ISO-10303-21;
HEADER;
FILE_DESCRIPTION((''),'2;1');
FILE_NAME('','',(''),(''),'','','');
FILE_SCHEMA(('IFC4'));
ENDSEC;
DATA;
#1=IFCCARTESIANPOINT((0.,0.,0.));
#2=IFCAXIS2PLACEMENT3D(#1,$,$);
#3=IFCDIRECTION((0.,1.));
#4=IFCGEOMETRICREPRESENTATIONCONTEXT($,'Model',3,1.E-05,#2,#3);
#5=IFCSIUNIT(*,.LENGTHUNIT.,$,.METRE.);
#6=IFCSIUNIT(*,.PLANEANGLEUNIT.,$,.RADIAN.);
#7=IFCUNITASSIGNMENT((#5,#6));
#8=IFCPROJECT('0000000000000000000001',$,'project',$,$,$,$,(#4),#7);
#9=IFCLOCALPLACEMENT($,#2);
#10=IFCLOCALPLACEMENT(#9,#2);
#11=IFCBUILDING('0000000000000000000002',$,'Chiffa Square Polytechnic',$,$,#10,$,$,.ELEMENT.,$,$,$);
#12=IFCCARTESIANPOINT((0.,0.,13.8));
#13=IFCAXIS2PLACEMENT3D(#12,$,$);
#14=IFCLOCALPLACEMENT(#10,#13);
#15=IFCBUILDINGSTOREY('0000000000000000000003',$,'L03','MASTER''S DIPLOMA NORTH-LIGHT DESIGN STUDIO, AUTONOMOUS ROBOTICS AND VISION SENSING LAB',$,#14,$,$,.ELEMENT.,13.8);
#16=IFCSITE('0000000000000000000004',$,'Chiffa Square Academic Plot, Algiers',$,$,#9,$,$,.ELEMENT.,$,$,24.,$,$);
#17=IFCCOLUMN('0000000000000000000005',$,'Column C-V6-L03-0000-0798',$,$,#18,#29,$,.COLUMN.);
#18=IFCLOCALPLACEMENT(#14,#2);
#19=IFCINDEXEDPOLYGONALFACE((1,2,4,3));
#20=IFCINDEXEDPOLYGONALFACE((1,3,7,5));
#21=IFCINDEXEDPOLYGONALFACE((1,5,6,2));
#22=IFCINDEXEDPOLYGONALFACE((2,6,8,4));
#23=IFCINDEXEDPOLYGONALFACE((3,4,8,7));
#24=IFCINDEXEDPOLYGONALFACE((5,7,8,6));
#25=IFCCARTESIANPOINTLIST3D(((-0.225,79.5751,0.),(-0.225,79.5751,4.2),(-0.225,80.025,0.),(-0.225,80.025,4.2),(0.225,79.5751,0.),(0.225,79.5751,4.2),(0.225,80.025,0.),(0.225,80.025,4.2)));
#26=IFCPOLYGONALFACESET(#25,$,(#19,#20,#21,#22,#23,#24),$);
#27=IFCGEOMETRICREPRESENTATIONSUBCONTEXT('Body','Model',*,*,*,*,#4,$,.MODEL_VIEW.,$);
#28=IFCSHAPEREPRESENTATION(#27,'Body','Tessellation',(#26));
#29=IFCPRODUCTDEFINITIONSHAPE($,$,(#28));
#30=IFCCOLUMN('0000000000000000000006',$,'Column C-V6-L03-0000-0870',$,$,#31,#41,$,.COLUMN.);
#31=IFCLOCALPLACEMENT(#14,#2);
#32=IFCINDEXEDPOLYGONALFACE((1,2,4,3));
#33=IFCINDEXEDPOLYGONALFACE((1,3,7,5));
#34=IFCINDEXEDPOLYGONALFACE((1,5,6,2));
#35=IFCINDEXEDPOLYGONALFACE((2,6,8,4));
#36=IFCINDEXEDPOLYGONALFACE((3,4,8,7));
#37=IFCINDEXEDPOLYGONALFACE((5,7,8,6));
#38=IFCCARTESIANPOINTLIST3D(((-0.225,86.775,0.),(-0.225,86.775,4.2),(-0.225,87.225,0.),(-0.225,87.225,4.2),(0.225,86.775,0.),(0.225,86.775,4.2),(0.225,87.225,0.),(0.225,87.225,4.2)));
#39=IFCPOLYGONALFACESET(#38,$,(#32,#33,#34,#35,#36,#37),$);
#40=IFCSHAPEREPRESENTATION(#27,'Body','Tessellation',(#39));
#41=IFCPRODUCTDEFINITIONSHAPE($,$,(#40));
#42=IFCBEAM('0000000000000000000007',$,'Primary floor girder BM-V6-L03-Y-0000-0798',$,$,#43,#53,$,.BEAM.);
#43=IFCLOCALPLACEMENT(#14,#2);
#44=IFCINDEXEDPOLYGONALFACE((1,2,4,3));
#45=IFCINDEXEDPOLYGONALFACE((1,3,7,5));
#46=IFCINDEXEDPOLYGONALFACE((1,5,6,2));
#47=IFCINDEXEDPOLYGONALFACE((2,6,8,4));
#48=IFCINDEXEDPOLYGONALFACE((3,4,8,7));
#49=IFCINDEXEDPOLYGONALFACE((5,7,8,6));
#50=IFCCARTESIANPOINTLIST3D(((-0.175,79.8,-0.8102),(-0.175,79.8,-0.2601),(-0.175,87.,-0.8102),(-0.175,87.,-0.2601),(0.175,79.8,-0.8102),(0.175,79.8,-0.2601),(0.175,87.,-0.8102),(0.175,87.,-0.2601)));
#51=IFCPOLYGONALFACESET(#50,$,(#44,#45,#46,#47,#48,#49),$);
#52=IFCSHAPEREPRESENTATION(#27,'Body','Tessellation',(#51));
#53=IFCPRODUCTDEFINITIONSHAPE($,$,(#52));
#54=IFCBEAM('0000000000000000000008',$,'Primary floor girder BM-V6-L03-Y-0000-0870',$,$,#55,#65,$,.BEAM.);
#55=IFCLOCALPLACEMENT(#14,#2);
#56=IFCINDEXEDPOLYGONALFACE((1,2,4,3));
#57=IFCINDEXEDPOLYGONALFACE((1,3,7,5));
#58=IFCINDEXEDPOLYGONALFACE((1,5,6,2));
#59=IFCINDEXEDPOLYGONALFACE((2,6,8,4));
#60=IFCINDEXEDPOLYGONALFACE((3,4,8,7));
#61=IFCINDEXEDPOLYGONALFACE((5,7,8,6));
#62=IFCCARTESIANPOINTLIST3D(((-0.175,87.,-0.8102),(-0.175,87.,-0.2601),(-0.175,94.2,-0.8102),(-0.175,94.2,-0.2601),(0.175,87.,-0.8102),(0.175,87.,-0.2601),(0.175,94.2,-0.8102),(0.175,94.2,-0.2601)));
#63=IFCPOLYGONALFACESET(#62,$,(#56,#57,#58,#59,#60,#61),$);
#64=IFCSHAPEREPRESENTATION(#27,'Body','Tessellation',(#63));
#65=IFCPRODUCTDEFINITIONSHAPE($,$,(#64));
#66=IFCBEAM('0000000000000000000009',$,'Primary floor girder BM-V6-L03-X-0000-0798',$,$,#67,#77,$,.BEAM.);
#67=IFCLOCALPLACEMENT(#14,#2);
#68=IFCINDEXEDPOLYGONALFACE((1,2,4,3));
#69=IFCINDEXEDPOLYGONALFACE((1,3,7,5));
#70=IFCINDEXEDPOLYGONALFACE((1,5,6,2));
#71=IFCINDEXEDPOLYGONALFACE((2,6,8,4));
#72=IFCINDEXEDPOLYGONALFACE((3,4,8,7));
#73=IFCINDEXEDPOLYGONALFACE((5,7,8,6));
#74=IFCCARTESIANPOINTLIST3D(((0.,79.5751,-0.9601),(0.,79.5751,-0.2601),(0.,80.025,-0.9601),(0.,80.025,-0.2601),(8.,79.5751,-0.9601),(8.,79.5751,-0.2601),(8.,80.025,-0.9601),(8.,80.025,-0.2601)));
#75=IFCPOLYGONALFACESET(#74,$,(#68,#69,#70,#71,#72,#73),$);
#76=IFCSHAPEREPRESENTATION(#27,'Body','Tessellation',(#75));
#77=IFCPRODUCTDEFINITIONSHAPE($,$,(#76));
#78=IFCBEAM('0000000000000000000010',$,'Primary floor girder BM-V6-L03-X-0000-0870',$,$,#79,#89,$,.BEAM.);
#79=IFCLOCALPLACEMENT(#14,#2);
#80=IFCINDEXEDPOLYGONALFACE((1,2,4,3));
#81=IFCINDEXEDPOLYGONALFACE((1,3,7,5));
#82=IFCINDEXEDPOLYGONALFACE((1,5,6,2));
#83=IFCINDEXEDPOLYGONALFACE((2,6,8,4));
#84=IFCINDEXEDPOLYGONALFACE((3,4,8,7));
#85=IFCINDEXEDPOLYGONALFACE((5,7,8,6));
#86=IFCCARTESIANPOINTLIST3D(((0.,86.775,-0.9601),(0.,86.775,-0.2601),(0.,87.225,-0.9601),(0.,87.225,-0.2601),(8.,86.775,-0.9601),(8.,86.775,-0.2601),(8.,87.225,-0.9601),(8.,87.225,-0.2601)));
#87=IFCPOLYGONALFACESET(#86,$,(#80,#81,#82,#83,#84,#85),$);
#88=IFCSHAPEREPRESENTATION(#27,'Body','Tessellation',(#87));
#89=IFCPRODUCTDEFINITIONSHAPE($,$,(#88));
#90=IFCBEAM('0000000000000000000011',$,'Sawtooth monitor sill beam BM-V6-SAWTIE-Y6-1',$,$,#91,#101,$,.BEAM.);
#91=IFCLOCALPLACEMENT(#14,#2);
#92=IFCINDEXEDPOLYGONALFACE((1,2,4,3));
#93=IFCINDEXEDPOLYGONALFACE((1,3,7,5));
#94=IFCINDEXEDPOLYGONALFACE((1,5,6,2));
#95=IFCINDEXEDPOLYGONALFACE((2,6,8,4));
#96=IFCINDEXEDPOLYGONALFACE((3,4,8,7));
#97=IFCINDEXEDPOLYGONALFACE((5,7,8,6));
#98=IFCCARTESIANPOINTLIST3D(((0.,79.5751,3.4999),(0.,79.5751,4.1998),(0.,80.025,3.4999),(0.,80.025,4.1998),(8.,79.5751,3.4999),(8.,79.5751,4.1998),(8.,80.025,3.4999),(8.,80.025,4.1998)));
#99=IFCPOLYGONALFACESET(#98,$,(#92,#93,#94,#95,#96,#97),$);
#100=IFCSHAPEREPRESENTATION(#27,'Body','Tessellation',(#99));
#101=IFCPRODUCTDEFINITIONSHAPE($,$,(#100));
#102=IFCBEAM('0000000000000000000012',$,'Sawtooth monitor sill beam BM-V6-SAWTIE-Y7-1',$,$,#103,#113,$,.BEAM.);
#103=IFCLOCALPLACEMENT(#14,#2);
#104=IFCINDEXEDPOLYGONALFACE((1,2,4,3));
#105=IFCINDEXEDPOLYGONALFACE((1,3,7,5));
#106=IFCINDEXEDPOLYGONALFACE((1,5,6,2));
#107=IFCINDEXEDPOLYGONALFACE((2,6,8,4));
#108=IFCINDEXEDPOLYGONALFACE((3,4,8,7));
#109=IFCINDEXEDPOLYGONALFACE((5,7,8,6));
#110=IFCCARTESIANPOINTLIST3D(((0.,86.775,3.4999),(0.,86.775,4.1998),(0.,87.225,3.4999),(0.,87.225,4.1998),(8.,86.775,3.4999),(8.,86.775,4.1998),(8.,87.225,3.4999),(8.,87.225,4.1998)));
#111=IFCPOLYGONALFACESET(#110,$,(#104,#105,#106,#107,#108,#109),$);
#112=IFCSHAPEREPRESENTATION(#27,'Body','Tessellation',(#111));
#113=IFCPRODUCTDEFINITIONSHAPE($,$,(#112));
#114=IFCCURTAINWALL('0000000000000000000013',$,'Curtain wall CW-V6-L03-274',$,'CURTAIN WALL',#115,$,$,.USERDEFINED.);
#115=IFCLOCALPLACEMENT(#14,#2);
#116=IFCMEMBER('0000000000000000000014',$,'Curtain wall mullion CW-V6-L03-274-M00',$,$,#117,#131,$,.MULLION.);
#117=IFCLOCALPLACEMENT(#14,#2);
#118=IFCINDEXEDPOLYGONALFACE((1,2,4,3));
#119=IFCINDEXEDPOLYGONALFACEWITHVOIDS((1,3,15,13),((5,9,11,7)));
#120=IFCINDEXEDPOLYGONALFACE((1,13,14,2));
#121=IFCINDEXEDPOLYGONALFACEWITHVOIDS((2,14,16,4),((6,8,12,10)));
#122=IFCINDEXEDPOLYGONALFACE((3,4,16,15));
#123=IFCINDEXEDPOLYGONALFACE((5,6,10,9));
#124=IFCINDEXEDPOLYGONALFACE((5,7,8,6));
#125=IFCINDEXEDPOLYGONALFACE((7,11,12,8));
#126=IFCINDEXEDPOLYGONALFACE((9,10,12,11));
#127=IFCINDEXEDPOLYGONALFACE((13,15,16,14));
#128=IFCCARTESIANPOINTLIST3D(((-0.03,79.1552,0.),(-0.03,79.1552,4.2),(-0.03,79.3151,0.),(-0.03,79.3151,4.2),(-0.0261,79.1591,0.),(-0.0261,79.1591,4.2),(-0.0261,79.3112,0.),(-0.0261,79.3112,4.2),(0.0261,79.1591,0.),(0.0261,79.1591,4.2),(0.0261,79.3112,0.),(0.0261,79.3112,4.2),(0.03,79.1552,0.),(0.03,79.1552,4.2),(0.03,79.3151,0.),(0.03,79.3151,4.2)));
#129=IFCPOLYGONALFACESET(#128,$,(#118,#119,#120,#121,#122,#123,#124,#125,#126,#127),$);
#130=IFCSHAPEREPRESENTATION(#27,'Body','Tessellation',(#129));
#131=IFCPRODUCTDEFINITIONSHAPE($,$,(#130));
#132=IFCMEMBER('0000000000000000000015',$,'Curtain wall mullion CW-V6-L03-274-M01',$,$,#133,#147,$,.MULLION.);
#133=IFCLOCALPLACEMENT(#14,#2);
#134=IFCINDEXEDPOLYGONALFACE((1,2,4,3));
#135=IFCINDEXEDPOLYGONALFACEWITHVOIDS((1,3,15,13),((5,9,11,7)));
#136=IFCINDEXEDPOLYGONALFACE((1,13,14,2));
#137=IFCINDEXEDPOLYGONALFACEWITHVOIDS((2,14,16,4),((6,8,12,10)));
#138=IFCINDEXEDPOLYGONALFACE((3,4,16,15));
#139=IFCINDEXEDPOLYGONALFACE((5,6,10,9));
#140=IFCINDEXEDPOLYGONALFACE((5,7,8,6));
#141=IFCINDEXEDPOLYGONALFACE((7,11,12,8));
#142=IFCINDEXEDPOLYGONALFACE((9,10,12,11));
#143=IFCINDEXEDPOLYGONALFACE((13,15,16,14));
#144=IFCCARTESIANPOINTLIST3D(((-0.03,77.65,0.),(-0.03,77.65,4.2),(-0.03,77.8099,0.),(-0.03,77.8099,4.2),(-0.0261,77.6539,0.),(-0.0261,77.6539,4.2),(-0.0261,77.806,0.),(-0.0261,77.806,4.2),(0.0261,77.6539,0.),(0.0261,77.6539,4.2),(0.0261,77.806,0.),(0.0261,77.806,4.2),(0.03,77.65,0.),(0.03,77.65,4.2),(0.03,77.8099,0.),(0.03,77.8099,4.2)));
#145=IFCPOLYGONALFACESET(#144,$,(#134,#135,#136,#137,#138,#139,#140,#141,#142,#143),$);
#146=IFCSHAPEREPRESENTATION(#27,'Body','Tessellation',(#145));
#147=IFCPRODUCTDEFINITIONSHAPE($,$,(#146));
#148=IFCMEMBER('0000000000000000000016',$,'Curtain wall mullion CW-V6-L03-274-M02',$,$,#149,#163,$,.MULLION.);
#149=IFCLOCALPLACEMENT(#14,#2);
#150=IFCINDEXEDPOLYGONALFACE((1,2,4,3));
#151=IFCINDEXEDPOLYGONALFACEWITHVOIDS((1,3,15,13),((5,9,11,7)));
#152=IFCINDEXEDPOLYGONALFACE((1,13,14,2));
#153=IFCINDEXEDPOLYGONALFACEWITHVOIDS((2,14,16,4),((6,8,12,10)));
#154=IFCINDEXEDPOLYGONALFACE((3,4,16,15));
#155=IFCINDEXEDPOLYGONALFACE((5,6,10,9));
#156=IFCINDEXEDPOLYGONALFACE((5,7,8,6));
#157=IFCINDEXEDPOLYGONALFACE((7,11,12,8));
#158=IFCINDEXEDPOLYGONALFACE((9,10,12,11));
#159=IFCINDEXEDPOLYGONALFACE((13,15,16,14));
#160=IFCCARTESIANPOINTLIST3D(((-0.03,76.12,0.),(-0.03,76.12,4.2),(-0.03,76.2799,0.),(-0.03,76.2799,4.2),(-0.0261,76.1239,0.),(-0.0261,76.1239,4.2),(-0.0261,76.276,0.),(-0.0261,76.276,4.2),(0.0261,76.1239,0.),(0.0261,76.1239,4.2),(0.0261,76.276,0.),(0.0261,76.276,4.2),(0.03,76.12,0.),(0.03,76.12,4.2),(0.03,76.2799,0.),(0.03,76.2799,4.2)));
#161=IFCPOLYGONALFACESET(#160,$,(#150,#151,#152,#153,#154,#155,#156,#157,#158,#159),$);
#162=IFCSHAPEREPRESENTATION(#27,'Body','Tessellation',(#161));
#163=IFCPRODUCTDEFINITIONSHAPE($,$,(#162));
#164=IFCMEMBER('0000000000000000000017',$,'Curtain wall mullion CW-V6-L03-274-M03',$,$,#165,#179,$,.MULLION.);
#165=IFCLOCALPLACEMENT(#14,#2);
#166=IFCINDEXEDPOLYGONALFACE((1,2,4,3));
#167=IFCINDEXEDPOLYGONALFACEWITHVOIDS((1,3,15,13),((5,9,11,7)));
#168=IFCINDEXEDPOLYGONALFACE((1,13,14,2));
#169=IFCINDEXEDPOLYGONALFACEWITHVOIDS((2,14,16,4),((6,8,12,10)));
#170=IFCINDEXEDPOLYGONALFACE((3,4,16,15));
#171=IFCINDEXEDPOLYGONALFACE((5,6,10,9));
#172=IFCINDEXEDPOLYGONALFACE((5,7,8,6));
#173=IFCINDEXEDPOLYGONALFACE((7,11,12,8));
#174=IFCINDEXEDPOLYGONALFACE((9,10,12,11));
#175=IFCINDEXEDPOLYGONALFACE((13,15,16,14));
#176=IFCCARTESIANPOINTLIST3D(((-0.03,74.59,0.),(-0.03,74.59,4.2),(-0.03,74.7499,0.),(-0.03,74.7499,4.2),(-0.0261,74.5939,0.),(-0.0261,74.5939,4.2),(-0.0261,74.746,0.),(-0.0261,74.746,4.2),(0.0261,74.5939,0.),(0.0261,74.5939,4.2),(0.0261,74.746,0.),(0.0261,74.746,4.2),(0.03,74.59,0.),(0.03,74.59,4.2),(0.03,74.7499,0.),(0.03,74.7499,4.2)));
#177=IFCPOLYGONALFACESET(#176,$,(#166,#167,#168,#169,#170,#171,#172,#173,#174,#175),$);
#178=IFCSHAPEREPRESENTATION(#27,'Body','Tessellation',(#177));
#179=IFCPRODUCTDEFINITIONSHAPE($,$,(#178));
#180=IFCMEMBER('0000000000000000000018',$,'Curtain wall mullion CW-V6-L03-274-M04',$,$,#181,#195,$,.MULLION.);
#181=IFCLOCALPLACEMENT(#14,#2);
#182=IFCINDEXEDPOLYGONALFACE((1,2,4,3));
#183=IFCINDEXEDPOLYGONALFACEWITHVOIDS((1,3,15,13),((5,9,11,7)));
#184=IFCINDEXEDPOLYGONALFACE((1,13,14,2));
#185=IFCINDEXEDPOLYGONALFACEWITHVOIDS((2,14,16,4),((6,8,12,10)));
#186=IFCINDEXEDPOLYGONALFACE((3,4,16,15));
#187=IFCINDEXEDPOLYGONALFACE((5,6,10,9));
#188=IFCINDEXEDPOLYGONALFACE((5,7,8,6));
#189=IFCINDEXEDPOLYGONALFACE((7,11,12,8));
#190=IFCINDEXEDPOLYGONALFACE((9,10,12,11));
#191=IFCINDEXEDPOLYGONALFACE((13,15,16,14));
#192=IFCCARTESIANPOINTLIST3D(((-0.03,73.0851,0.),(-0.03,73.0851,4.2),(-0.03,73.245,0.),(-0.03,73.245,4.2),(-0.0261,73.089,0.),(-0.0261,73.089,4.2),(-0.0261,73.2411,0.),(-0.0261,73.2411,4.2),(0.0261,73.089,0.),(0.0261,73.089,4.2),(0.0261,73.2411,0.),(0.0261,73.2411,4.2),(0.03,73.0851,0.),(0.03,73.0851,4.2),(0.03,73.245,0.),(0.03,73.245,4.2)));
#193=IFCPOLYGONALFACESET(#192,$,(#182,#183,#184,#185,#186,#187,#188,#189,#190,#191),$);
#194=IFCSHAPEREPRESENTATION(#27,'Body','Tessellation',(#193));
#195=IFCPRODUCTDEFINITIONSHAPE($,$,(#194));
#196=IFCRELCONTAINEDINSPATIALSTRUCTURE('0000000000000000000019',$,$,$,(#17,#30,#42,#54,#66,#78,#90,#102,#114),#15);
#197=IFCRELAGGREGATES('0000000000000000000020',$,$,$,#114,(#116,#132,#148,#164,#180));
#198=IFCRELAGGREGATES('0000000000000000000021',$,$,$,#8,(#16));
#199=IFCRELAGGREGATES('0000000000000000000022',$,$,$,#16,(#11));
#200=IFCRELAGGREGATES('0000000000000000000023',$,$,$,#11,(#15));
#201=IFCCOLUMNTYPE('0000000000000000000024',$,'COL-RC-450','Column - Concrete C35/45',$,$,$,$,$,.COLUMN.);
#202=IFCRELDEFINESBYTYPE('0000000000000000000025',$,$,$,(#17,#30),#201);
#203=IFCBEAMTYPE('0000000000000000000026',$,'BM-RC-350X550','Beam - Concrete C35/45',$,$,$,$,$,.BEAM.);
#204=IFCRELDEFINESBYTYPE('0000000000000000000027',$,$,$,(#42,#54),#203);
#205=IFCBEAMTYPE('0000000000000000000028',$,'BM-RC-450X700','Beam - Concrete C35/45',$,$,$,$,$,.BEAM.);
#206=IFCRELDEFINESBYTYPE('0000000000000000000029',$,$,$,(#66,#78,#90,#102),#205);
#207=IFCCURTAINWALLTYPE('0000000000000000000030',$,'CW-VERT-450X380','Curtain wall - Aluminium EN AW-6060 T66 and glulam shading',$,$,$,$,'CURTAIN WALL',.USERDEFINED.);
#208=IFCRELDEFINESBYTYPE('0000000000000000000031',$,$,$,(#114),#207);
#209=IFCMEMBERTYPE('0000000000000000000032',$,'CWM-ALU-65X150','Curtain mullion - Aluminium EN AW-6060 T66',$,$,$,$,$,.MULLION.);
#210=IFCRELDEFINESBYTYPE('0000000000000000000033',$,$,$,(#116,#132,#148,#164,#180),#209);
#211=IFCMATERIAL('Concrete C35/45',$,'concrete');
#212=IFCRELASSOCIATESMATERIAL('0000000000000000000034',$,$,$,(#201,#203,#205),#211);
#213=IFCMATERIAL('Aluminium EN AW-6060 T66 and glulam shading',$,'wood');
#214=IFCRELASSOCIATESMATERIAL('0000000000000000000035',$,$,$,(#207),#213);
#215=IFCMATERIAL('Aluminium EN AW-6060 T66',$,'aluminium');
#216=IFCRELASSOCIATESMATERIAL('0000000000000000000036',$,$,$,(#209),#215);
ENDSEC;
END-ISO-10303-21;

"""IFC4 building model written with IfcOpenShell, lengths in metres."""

from ifc_helpers import new_model, si_unit, direction, frame, origin, origin_2d, place, context, subcontext, project, spatial, rectangle, hollow_rectangle, extrude, material, material_profile, profile_set, type_object, element, aggregate, save


model = new_model("IFC4")

# Units and contexts
model_context = context("Model", 3, precision=1e-05, world=origin(), true_north=direction((0.0, 1.0)))
body_context = subcontext(model_context, "Body", "Model", "MODEL_VIEW")
ifc_project = project(units=[si_unit("LENGTHUNIT", "METRE"), si_unit("PLANEANGLEUNIT", "RADIAN")], contexts=[model_context])

# Site, building, storey
site_placement = place(None, origin())
site = spatial("IfcSite", under=ifc_project, at=site_placement, Name="Chiffa Square Academic Plot, Algiers", CompositionType="ELEMENT", RefElevation=24.0)
building_placement = place(site_placement, origin())
building = spatial("IfcBuilding", under=site, at=building_placement, Name="Chiffa Square Polytechnic", CompositionType="ELEMENT")
storey_placement = place(building_placement, frame((0.0, 0.0, 13.8)))
storey = spatial("IfcBuildingStorey", under=building, at=storey_placement, Name="L03", Description="MASTER'S DIPLOMA NORTH-LIGHT DESIGN STUDIO, AUTONOMOUS ROBOTICS AND VISION SENSING LAB", CompositionType="ELEMENT", Elevation=13.8)

# Columns
ifc_material_1 = material(Name="Concrete C35/45", Category="concrete")
ifc_material_profile_1 = material_profile(ifc_material_1, rectangle(XDim=0.45, YDim=0.45, at=origin_2d()), Name="RC 450x450")
ifc_profile_set_1 = profile_set([ifc_material_profile_1], Name="Concrete C35/45")
column_type = type_object("IfcColumnType", Name="COL-RC-450", Description="Column - Concrete C35/45", PredefinedType="COLUMN", material=ifc_profile_set_1)
for number, where, z_axis, x_axis, name in (
    (1, (0.0, 79.8, 0.0), (0.0, 0.0, 1.0), (1.0, 0.0, 0.0), "Column C-V6-L03-0000-0798"),
    (2, (0.0, 87.0, 0.0), (0.0, 0.0, 1.0), (1.0, 0.0, 0.0), "Column C-V6-L03-0000-0870"),
):
    element("IfcColumn", number, at=place(storey_placement, frame(where, z_axis=z_axis, x_axis=x_axis)), inside=storey, type_object=column_type, Name=name, PredefinedType="COLUMN", context=body_context, shape_type="SweptSolid", body=[
        extrude(rectangle(XDim=0.45, YDim=0.45, at=origin_2d()), origin(), (0.0, 0.0, 1.0), 4.2),
    ])

# Beams
ifc_material_profile_2 = material_profile(ifc_material_1, rectangle(XDim=0.3501, YDim=0.55, at=origin_2d()), Name="RC 350x550")
ifc_profile_set_2 = profile_set([ifc_material_profile_2], Name="Concrete C35/45")
beam_type_1 = type_object("IfcBeamType", Name="BM-RC-350X550", Description="Beam - Concrete C35/45", PredefinedType="BEAM", material=ifc_profile_set_2)
for number, where, z_axis, x_axis, name in (
    (3, (0.0, 79.8, -0.5352), (0.0, 1.0, 0.0), (-1.0, 0.0, 0.0), "Primary floor girder BM-V6-L03-Y-0000-0798"),
    (4, (0.0, 87.0, -0.5352), (0.0, 1.0, 0.0), (-1.0, 0.0, 0.0), "Primary floor girder BM-V6-L03-Y-0000-0870"),
):
    element("IfcBeam", number, at=place(storey_placement, frame(where, z_axis=z_axis, x_axis=x_axis)), inside=storey, type_object=beam_type_1, Name=name, PredefinedType="BEAM", context=body_context, shape_type="SweptSolid", body=[
        extrude(rectangle(XDim=0.3501, YDim=0.55, at=origin_2d()), origin(), (0.0, 0.0, 1.0), 7.2),
    ])
ifc_material_profile_3 = material_profile(ifc_material_1, rectangle(XDim=0.45, YDim=0.7, at=origin_2d()), Name="RC 450x700")
ifc_profile_set_3 = profile_set([ifc_material_profile_3], Name="Concrete C35/45")
beam_type_2 = type_object("IfcBeamType", Name="BM-RC-450X700", Description="Beam - Concrete C35/45", PredefinedType="BEAM", material=ifc_profile_set_3)
for number, where, z_axis, x_axis, name in (
    (5, (0.0, 79.8, -0.6101), (1.0, 0.0, 0.0), (0.0, 1.0, 0.0), "Primary floor girder BM-V6-L03-X-0000-0798"),
    (6, (0.0, 87.0, -0.6101), (1.0, 0.0, 0.0), (0.0, 1.0, 0.0), "Primary floor girder BM-V6-L03-X-0000-0870"),
    (7, (0.0, 79.8, 3.8499), (1.0, 0.0, 0.0), (0.0, 1.0, 0.0), "Sawtooth monitor sill beam BM-V6-SAWTIE-Y6-1"),
    (8, (0.0, 87.0, 3.8499), (1.0, 0.0, 0.0), (0.0, 1.0, 0.0), "Sawtooth monitor sill beam BM-V6-SAWTIE-Y7-1"),
):
    element("IfcBeam", number, at=place(storey_placement, frame(where, z_axis=z_axis, x_axis=x_axis)), inside=storey, type_object=beam_type_2, Name=name, PredefinedType="BEAM", context=body_context, shape_type="SweptSolid", body=[
        extrude(rectangle(XDim=0.45, YDim=0.7, at=origin_2d()), origin(), (0.0, 0.0, 1.0), 8.0),
    ])

# Curtain wall, members
ifc_material_2 = material(Name="Aluminium EN AW-6060 T66 and glulam shading", Category="wood")
curtain_wall_type = type_object("IfcCurtainWallType", Name="CW-VERT-450X380", Description="Curtain wall - Aluminium EN AW-6060 T66 and glulam shading", ElementType="CURTAIN WALL", PredefinedType="USERDEFINED", material=ifc_material_2)
curtain_wall_placement = place(storey_placement, origin())
curtain_wall = element("IfcCurtainWall", 9, at=curtain_wall_placement, inside=storey, type_object=curtain_wall_type, Name="Curtain wall CW-V6-L03-274", ObjectType="CURTAIN WALL", PredefinedType="USERDEFINED")
ifc_material_3 = material(Name="Aluminium EN AW-6060 T66", Category="aluminium")
ifc_material_profile_4 = material_profile(ifc_material_3, hollow_rectangle(XDim=0.0601, YDim=0.1599, WallThickness=0.0039, at=origin_2d()), Name="ALU 60x160x4")
ifc_profile_set_4 = profile_set([ifc_material_profile_4], Name="Aluminium EN AW-6060 T66")
member_type_1 = type_object("IfcMemberType", Name="CWM-ALU-65X150", Description="Curtain mullion - Aluminium EN AW-6060 T66", PredefinedType="MULLION", material=ifc_profile_set_4)
member_1_placement = place(storey_placement, frame((0.0, 79.2351, 0.0), z_axis=(0.0, 0.0, 1.0), x_axis=(1.0, 0.0, 0.0)))
member_1 = element("IfcMember", 10, at=member_1_placement, type_object=member_type_1, Name="Curtain wall mullion CW-V6-L03-274-M00", PredefinedType="MULLION", context=body_context, shape_type="SweptSolid", body=[
    extrude(hollow_rectangle(XDim=0.0601, YDim=0.1599, WallThickness=0.0039, at=origin_2d()), origin(), (0.0, 0.0, 1.0), 4.2),
])
member_2_placement = place(storey_placement, frame((0.0, 77.73, 0.0), z_axis=(0.0, 0.0, 1.0), x_axis=(1.0, 0.0, 0.0)))
member_2 = element("IfcMember", 11, at=member_2_placement, type_object=member_type_1, Name="Curtain wall mullion CW-V6-L03-274-M01", PredefinedType="MULLION", context=body_context, shape_type="SweptSolid", body=[
    extrude(hollow_rectangle(XDim=0.0601, YDim=0.1599, WallThickness=0.0039, at=origin_2d()), origin(), (0.0, 0.0, 1.0), 4.2),
])
member_3_placement = place(storey_placement, frame((0.0, 76.2, 0.0), z_axis=(0.0, 0.0, 1.0), x_axis=(1.0, 0.0, 0.0)))
member_3 = element("IfcMember", 12, at=member_3_placement, type_object=member_type_1, Name="Curtain wall mullion CW-V6-L03-274-M02", PredefinedType="MULLION", context=body_context, shape_type="SweptSolid", body=[
    extrude(hollow_rectangle(XDim=0.0601, YDim=0.1599, WallThickness=0.0039, at=origin_2d()), origin(), (0.0, 0.0, 1.0), 4.2),
])
member_4_placement = place(storey_placement, frame((0.0, 74.6699, 0.0), z_axis=(0.0, 0.0, 1.0), x_axis=(1.0, 0.0, 0.0)))
member_4 = element("IfcMember", 13, at=member_4_placement, type_object=member_type_1, Name="Curtain wall mullion CW-V6-L03-274-M03", PredefinedType="MULLION", context=body_context, shape_type="SweptSolid", body=[
    extrude(hollow_rectangle(XDim=0.0601, YDim=0.1599, WallThickness=0.0039, at=origin_2d()), origin(), (0.0, 0.0, 1.0), 4.2),
])
member_5_placement = place(storey_placement, frame((0.0, 73.165, 0.0), z_axis=(0.0, 0.0, 1.0), x_axis=(1.0, 0.0, 0.0)))
member_5 = element("IfcMember", 14, at=member_5_placement, type_object=member_type_1, Name="Curtain wall mullion CW-V6-L03-274-M04", PredefinedType="MULLION", context=body_context, shape_type="SweptSolid", body=[
    extrude(hollow_rectangle(XDim=0.0601, YDim=0.1599, WallThickness=0.0039, at=origin_2d()), origin(), (0.0, 0.0, 1.0), 4.2),
])

aggregate(curtain_wall, [member_1, member_2, member_3, member_4, member_5])

save(model, "model.ifc")
